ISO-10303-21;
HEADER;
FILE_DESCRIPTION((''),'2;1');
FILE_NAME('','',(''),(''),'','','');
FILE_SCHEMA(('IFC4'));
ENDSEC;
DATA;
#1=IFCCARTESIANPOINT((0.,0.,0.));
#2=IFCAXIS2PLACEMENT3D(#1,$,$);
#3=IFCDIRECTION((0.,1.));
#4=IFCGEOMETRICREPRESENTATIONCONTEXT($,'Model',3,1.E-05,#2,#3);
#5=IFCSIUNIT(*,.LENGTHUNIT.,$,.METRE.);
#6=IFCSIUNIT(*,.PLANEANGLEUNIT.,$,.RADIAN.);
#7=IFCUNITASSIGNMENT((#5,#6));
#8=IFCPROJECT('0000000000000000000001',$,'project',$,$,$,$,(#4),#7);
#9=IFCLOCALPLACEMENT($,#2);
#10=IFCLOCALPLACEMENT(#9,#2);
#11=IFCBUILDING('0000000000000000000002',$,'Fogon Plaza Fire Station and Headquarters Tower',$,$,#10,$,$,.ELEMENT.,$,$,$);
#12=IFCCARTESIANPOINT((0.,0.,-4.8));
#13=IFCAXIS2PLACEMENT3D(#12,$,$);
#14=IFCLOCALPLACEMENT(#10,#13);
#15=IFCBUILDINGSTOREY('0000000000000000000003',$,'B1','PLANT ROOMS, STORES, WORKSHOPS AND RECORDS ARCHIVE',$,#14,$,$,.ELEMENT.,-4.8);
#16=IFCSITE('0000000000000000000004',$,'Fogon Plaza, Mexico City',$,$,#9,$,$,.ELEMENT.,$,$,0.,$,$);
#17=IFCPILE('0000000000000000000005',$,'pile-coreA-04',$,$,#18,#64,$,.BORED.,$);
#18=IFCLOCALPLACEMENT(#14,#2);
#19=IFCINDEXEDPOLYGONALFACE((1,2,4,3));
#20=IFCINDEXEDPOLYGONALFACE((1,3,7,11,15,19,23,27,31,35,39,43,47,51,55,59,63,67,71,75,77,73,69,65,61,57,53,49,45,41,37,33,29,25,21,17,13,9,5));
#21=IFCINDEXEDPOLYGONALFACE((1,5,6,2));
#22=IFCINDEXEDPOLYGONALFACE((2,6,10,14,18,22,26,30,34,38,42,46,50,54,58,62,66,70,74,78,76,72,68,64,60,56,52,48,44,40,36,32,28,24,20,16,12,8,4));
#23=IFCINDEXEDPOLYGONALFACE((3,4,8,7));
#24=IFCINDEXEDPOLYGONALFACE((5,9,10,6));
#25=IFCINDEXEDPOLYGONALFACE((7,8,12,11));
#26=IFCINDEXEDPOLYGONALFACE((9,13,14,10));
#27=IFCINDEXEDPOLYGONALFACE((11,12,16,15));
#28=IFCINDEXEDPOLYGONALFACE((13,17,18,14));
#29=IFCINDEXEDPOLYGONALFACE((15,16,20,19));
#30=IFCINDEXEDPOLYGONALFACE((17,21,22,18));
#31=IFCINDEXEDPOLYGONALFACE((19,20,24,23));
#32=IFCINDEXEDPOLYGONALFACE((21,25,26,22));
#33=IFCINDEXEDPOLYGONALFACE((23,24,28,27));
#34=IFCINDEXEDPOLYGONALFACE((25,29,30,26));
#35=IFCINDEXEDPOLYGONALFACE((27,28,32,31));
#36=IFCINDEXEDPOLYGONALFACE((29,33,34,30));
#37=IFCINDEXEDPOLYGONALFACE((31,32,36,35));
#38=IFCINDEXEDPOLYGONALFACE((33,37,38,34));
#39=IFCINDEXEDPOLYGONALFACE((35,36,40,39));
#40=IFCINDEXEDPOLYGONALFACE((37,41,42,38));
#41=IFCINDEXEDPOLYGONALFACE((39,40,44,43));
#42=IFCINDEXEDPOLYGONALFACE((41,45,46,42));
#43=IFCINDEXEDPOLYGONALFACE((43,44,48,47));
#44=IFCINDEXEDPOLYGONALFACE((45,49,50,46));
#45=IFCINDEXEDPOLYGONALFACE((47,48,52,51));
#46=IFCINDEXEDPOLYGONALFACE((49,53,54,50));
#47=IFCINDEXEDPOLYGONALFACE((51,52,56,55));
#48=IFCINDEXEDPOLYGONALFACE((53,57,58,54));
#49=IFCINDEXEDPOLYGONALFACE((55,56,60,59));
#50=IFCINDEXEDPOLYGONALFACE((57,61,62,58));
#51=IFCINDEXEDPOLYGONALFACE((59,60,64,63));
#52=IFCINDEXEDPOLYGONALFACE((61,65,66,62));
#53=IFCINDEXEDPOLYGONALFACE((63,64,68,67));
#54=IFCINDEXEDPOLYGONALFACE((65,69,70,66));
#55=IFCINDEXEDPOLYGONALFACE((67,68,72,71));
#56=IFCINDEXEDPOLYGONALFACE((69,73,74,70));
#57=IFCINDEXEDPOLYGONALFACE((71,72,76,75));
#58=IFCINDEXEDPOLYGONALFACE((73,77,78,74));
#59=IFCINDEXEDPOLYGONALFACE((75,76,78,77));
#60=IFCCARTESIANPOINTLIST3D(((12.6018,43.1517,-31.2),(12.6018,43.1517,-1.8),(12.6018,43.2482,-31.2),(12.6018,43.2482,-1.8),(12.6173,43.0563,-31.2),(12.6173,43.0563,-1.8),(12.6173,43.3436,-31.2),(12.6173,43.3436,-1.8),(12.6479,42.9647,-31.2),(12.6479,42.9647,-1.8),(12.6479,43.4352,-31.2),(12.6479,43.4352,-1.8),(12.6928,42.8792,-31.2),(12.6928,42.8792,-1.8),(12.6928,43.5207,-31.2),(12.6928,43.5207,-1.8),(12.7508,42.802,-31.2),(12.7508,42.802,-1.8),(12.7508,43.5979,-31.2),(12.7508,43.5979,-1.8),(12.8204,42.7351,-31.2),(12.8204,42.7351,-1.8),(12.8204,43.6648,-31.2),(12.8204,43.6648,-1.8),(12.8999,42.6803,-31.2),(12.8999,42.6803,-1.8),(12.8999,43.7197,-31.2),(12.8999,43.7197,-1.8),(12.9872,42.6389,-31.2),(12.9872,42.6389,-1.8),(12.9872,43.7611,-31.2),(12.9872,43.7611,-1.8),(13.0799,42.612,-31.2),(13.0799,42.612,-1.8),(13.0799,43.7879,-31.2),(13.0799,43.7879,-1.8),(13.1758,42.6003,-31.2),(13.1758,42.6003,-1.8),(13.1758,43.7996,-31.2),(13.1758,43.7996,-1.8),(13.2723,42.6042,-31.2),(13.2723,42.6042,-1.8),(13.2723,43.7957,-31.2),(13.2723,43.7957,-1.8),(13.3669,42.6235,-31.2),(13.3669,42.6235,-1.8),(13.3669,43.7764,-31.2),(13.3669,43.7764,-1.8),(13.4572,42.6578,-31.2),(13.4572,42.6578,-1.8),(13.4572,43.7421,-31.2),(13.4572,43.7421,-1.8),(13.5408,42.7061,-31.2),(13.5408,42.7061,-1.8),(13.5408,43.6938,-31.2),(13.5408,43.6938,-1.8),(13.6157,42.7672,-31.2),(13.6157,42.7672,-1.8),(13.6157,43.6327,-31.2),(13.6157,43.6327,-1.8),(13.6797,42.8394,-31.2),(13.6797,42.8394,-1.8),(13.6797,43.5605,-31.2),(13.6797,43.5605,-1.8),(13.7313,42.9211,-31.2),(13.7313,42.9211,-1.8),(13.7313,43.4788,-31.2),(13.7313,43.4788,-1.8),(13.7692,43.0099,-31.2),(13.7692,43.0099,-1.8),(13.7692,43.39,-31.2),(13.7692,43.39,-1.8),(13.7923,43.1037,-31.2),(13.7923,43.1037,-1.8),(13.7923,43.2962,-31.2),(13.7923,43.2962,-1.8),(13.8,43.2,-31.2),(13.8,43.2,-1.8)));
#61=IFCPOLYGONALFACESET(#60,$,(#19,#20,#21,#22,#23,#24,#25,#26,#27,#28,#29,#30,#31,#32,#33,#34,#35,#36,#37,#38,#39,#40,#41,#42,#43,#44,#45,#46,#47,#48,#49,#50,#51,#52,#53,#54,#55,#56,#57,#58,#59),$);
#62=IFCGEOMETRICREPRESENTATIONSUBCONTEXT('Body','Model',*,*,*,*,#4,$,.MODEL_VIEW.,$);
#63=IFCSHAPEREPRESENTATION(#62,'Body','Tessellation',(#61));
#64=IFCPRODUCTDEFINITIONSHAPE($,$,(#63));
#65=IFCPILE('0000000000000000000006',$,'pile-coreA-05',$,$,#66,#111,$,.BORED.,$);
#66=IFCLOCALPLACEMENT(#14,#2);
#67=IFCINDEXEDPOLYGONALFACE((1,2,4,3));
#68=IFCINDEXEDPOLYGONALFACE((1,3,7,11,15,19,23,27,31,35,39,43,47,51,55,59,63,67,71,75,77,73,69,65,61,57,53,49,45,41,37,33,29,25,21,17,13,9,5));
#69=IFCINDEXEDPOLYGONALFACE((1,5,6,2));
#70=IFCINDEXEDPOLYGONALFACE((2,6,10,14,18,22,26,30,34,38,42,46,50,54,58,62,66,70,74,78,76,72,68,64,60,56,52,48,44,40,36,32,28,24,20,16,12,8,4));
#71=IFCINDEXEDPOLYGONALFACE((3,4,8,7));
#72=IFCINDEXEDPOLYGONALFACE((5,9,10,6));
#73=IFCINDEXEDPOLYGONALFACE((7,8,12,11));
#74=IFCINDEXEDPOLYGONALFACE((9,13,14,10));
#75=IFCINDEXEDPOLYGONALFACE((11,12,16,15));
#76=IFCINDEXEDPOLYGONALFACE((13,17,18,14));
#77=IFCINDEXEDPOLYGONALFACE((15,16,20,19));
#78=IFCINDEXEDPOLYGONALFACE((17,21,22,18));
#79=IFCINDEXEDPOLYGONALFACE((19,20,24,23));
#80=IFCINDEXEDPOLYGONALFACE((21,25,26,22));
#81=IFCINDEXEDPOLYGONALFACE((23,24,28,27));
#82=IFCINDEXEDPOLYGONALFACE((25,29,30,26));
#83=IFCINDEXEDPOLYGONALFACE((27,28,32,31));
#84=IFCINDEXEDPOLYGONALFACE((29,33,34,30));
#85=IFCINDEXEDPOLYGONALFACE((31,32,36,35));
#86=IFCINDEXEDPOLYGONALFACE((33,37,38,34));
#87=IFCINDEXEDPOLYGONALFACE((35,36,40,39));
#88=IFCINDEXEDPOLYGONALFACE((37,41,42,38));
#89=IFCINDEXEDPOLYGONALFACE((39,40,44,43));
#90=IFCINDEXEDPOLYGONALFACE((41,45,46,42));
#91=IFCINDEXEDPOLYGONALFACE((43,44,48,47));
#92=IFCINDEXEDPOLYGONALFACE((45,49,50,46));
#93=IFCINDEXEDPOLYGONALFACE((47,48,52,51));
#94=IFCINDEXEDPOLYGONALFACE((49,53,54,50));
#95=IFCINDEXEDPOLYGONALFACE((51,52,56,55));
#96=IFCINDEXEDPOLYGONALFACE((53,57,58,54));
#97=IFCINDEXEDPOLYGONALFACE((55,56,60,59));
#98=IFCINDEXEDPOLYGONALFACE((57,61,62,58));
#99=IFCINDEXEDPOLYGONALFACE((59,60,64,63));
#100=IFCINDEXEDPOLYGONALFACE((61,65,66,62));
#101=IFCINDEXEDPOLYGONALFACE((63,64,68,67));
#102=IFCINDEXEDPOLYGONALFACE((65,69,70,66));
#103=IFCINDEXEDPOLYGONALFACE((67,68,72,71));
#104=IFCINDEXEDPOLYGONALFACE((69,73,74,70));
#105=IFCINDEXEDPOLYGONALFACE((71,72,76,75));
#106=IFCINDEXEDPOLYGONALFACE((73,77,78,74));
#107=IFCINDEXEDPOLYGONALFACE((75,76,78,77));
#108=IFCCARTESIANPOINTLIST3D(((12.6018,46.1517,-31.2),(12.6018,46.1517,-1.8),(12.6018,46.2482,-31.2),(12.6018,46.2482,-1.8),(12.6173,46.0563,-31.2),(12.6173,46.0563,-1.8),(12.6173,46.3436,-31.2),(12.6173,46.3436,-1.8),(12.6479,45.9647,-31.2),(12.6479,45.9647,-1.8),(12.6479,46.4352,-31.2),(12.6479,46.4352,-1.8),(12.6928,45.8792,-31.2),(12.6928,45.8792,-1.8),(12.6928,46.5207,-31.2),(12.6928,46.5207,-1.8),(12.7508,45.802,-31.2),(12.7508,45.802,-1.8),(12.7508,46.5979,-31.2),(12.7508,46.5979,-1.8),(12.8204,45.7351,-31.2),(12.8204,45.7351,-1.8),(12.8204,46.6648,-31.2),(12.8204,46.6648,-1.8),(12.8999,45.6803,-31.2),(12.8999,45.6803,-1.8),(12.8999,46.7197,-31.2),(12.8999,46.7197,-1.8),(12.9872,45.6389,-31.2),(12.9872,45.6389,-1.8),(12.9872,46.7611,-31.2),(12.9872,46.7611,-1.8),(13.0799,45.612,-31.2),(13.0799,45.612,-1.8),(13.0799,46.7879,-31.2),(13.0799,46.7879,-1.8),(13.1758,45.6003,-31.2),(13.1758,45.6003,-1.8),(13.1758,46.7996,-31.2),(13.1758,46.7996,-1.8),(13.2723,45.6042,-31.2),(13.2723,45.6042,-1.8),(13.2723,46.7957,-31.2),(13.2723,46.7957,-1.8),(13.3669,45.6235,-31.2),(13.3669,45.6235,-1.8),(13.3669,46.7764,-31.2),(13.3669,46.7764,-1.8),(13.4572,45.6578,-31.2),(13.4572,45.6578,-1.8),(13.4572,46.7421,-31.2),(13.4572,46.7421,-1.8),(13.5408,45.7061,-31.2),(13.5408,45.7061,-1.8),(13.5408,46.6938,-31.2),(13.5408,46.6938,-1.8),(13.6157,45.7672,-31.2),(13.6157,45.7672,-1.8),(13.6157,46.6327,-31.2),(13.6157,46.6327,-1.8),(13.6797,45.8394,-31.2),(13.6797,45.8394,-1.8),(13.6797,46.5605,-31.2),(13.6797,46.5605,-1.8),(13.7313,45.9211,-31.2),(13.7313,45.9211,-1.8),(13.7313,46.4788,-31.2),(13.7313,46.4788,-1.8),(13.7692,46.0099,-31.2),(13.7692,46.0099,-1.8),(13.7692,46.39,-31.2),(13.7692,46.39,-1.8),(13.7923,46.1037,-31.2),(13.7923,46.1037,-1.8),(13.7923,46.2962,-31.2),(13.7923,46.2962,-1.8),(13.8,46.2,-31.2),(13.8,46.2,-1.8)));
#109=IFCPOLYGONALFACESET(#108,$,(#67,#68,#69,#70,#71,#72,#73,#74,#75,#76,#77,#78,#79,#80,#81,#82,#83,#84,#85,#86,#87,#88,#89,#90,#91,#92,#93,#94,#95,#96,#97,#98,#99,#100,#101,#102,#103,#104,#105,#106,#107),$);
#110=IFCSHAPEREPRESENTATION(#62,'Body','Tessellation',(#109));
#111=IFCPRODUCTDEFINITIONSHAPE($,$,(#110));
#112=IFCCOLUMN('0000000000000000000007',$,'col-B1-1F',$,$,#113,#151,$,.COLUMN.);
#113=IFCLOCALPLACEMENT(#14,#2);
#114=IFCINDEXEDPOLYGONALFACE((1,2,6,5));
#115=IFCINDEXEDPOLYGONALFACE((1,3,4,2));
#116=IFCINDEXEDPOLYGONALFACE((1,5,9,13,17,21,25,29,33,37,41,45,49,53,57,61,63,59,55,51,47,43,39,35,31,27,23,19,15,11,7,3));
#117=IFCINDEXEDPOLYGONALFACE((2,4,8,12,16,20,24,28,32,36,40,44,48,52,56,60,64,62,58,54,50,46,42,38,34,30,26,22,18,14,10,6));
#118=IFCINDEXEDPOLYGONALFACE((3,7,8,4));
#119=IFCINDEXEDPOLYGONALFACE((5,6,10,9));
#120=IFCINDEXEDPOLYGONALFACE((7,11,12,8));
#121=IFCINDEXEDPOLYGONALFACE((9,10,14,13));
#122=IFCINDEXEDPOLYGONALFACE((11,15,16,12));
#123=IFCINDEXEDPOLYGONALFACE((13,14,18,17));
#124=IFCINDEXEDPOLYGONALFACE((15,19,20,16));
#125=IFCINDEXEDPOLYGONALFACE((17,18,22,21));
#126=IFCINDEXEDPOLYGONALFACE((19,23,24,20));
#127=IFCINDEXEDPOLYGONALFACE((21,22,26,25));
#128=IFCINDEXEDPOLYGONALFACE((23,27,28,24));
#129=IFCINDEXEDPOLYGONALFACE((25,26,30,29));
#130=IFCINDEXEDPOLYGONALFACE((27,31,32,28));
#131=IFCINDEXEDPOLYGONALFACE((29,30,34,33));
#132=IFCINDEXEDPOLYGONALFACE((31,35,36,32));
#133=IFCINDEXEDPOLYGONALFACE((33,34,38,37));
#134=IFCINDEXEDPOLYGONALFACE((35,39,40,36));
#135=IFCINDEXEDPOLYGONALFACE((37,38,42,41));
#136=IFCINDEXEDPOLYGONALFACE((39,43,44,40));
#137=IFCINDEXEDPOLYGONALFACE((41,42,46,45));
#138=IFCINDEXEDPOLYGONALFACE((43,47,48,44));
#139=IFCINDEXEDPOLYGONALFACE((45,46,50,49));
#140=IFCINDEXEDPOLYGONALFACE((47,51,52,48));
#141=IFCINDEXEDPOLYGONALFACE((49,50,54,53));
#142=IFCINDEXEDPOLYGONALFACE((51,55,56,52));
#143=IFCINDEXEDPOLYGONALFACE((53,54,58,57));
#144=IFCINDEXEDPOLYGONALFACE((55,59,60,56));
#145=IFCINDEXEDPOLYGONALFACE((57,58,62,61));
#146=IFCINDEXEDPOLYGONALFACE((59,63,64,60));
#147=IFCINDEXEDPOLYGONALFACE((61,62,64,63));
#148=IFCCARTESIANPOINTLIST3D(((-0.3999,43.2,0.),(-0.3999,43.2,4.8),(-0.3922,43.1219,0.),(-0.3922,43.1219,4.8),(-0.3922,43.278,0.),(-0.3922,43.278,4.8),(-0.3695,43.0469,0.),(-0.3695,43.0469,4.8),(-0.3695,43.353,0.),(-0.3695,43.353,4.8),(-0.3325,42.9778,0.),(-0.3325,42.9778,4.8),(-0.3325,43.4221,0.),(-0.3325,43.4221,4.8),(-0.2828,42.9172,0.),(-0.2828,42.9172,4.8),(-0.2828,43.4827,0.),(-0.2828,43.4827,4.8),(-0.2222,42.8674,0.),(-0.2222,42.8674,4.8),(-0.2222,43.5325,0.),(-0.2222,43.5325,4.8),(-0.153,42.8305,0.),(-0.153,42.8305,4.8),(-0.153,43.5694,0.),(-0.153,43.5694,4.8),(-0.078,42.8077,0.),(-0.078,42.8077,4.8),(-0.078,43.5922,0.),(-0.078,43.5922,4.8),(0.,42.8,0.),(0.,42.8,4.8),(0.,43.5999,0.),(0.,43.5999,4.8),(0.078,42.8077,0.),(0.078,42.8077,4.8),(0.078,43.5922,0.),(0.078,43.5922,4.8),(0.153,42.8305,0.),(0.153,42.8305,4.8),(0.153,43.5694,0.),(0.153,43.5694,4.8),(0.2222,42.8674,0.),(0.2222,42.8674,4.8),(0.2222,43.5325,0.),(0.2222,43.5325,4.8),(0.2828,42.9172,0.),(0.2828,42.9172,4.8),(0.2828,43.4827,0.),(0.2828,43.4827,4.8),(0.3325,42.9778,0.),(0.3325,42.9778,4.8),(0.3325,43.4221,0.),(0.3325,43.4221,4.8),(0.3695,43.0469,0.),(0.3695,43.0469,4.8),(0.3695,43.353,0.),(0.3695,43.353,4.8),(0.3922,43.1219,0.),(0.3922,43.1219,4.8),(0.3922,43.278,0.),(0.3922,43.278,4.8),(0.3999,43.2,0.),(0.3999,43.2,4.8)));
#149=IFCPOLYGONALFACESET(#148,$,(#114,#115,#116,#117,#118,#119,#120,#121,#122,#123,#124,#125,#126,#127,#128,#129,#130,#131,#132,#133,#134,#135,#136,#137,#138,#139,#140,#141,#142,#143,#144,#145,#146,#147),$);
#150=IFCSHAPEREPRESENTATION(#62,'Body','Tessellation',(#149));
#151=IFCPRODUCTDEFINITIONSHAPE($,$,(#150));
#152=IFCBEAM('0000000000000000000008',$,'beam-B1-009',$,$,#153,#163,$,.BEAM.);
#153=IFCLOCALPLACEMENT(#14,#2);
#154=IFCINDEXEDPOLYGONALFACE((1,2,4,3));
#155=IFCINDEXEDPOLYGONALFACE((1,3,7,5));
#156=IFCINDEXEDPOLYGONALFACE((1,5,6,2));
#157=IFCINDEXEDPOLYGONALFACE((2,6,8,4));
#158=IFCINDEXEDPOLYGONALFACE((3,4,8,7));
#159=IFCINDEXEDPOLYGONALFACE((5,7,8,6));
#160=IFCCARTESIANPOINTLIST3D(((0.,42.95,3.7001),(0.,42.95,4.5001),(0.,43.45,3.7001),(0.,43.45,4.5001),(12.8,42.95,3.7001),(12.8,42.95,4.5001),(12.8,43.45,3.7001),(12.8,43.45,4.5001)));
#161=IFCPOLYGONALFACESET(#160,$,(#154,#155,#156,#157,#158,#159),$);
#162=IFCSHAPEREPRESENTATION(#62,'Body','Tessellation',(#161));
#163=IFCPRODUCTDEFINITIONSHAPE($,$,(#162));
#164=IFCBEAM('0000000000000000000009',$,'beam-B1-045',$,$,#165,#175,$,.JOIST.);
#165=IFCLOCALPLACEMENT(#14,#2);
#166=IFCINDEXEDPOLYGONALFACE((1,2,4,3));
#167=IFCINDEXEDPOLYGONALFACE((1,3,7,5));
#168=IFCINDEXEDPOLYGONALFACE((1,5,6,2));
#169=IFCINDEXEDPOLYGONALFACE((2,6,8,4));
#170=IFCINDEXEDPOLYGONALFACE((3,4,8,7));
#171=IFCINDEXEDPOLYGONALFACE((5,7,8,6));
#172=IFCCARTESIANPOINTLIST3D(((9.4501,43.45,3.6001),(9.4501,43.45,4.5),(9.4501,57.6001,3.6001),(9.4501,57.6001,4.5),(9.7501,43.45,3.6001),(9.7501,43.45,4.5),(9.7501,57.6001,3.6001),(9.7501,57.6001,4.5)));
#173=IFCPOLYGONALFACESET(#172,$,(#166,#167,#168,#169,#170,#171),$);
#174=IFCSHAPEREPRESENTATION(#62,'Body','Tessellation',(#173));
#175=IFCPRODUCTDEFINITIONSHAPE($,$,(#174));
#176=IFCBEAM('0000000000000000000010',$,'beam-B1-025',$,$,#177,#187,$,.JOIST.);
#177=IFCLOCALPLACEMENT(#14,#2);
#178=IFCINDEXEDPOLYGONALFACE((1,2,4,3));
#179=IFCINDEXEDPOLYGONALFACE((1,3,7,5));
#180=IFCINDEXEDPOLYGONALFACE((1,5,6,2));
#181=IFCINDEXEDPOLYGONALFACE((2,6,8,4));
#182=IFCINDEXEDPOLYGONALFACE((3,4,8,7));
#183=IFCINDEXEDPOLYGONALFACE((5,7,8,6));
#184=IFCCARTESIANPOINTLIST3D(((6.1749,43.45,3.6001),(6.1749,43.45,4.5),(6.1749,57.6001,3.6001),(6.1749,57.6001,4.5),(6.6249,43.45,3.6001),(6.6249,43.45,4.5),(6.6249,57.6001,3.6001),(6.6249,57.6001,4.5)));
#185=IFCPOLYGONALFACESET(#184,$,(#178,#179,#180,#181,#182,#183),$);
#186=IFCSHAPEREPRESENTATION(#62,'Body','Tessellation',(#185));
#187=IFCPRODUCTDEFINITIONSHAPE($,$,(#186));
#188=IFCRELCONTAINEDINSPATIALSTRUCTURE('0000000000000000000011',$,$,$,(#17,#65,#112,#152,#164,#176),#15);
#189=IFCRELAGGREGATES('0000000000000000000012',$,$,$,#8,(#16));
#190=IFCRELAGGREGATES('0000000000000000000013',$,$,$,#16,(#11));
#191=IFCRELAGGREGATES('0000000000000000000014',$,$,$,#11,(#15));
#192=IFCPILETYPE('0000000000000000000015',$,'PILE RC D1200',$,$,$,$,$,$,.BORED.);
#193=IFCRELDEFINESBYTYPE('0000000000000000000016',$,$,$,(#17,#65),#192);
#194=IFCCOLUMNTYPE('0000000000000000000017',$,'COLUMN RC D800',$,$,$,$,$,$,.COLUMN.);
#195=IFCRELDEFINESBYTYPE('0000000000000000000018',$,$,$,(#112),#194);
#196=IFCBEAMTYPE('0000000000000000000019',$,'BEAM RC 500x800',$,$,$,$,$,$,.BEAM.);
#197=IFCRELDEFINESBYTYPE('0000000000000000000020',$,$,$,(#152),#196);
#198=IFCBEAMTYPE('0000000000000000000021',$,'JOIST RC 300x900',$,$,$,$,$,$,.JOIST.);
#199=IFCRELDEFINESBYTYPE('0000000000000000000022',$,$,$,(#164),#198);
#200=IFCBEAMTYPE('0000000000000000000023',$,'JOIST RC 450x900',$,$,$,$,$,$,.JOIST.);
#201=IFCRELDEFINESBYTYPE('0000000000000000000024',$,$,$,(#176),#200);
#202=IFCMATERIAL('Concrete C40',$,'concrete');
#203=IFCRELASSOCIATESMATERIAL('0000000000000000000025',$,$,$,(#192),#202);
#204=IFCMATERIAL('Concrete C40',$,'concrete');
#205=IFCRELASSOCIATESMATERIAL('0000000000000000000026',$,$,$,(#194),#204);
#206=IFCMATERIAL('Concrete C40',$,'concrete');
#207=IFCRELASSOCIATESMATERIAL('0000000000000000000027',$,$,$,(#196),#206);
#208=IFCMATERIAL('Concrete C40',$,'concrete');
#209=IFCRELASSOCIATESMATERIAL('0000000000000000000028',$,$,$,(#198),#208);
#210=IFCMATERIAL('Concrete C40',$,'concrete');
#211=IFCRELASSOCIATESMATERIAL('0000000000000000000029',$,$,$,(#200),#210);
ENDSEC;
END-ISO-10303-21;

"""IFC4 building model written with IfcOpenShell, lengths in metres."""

from ifc_helpers import new_model, si_unit, direction, frame, origin, origin_2d, place, context, subcontext, project, spatial, rectangle, circle, extrude, material, material_profile, profile_set, type_object, element, save


model = new_model("IFC4")

# Units and contexts
model_context = context("Model", 3, precision=1e-05, world=origin(), true_north=direction((0.0, 1.0)))
body_context = subcontext(model_context, "Body", "Model", "MODEL_VIEW")
ifc_project = project(units=[si_unit("LENGTHUNIT", "METRE"), si_unit("PLANEANGLEUNIT", "RADIAN")], contexts=[model_context])

# Site, building, storey
site_placement = place(None, origin())
site = spatial("IfcSite", under=ifc_project, at=site_placement, Name="Fogon Plaza, Mexico City", CompositionType="ELEMENT", RefElevation=0.0)
building_placement = place(site_placement, origin())
building = spatial("IfcBuilding", under=site, at=building_placement, Name="Fogon Plaza Fire Station and Headquarters Tower", CompositionType="ELEMENT")
storey_placement = place(building_placement, frame((0.0, 0.0, -4.8)))
storey = spatial("IfcBuildingStorey", under=building, at=storey_placement, Name="B1", Description="PLANT ROOMS, STORES, WORKSHOPS AND RECORDS ARCHIVE", CompositionType="ELEMENT", Elevation=-4.8)

# Piles
ifc_material_1 = material(Name="Concrete C40", Category="concrete")
ifc_material_profile_1 = material_profile(ifc_material_1, circle(Radius=0.6001, at=origin_2d()), Name="RC D1200")
ifc_profile_set_1 = profile_set([ifc_material_profile_1], Name="Concrete C40")
pile_type_1 = type_object("IfcPileType", Name="PILE RC D1200", PredefinedType="BORED", material=ifc_profile_set_1)
for number, where, z_axis, x_axis, name in (
    (1, (13.2, 43.2, -1.8), (0.0, 0.0, -1.0), (1.0, 0.0, 0.0), "pile-coreA-04"),
    (2, (13.2, 46.2, -1.8), (0.0, 0.0, -1.0), (1.0, 0.0, 0.0), "pile-coreA-05"),
):
    element("IfcPile", number, at=place(storey_placement, frame(where, z_axis=z_axis, x_axis=x_axis)), inside=storey, type_object=pile_type_1, Name=name, PredefinedType="BORED", context=body_context, shape_type="SweptSolid", body=[
        extrude(circle(Radius=0.6001, at=origin_2d()), origin(), (0.0, 0.0, 1.0), 29.3999),
    ])

# Column
ifc_material_2 = material(Name="Concrete C40", Category="concrete")
ifc_material_profile_2 = material_profile(ifc_material_2, circle(Radius=0.3999, at=origin_2d()), Name="RC D800")
ifc_profile_set_2 = profile_set([ifc_material_profile_2], Name="Concrete C40")
column_type = type_object("IfcColumnType", Name="COLUMN RC D800", PredefinedType="COLUMN", material=ifc_profile_set_2)
column_placement = place(storey_placement, frame((0.0, 43.2, 0.0), z_axis=(0.0, 0.0, 1.0), x_axis=(1.0, 0.0, 0.0)))
element("IfcColumn", 3, at=column_placement, inside=storey, type_object=column_type, Name="col-B1-1F", PredefinedType="COLUMN", context=body_context, shape_type="SweptSolid", body=[
    extrude(circle(Radius=0.3999, at=origin_2d()), origin(), (0.0, 0.0, 1.0), 4.8),
])

# Beams
ifc_material_3 = material(Name="Concrete C40", Category="concrete")
ifc_material_profile_3 = material_profile(ifc_material_3, rectangle(XDim=0.5, YDim=0.8, at=origin_2d()), Name="RC 500x800")
ifc_profile_set_3 = profile_set([ifc_material_profile_3], Name="Concrete C40")
beam_type_1 = type_object("IfcBeamType", Name="BEAM RC 500x800", PredefinedType="BEAM", material=ifc_profile_set_3)
beam_1_placement = place(storey_placement, frame((0.0, 43.2, 4.1001), z_axis=(1.0, 0.0, 0.0), x_axis=(0.0, 1.0, 0.0)))
element("IfcBeam", 4, at=beam_1_placement, inside=storey, type_object=beam_type_1, Name="beam-B1-009", PredefinedType="BEAM", context=body_context, shape_type="SweptSolid", body=[
    extrude(rectangle(XDim=0.5, YDim=0.8, at=origin_2d()), origin(), (0.0, 0.0, 1.0), 12.8),
])
ifc_material_4 = material(Name="Concrete C40", Category="concrete")
ifc_material_profile_4 = material_profile(ifc_material_4, rectangle(XDim=0.3, YDim=0.8999, at=origin_2d()), Name="RC 300x900")
ifc_profile_set_4 = profile_set([ifc_material_profile_4], Name="Concrete C40")
beam_type_2 = type_object("IfcBeamType", Name="JOIST RC 300x900", PredefinedType="JOIST", material=ifc_profile_set_4)
beam_2_placement = place(storey_placement, frame((9.6001, 43.45, 4.05), z_axis=(0.0, 1.0, 0.0), x_axis=(-1.0, 0.0, 0.0)))
element("IfcBeam", 5, at=beam_2_placement, inside=storey, type_object=beam_type_2, Name="beam-B1-045", PredefinedType="JOIST", context=body_context, shape_type="SweptSolid", body=[
    extrude(rectangle(XDim=0.3, YDim=0.8999, at=origin_2d()), origin(), (0.0, 0.0, 1.0), 14.1501),
])
ifc_material_5 = material(Name="Concrete C40", Category="concrete")
ifc_material_profile_5 = material_profile(ifc_material_5, rectangle(XDim=0.45, YDim=0.8999, at=origin_2d()), Name="RC 450x900")
ifc_profile_set_5 = profile_set([ifc_material_profile_5], Name="Concrete C40")
beam_type_3 = type_object("IfcBeamType", Name="JOIST RC 450x900", PredefinedType="JOIST", material=ifc_profile_set_5)
beam_3_placement = place(storey_placement, frame((6.3999, 43.45, 4.05), z_axis=(0.0, 1.0, 0.0), x_axis=(-1.0, 0.0, 0.0)))
element("IfcBeam", 6, at=beam_3_placement, inside=storey, type_object=beam_type_3, Name="beam-B1-025", PredefinedType="JOIST", context=body_context, shape_type="SweptSolid", body=[
    extrude(rectangle(XDim=0.45, YDim=0.8999, at=origin_2d()), origin(), (0.0, 0.0, 1.0), 14.1501),
])

save(model, "model.ifc")
